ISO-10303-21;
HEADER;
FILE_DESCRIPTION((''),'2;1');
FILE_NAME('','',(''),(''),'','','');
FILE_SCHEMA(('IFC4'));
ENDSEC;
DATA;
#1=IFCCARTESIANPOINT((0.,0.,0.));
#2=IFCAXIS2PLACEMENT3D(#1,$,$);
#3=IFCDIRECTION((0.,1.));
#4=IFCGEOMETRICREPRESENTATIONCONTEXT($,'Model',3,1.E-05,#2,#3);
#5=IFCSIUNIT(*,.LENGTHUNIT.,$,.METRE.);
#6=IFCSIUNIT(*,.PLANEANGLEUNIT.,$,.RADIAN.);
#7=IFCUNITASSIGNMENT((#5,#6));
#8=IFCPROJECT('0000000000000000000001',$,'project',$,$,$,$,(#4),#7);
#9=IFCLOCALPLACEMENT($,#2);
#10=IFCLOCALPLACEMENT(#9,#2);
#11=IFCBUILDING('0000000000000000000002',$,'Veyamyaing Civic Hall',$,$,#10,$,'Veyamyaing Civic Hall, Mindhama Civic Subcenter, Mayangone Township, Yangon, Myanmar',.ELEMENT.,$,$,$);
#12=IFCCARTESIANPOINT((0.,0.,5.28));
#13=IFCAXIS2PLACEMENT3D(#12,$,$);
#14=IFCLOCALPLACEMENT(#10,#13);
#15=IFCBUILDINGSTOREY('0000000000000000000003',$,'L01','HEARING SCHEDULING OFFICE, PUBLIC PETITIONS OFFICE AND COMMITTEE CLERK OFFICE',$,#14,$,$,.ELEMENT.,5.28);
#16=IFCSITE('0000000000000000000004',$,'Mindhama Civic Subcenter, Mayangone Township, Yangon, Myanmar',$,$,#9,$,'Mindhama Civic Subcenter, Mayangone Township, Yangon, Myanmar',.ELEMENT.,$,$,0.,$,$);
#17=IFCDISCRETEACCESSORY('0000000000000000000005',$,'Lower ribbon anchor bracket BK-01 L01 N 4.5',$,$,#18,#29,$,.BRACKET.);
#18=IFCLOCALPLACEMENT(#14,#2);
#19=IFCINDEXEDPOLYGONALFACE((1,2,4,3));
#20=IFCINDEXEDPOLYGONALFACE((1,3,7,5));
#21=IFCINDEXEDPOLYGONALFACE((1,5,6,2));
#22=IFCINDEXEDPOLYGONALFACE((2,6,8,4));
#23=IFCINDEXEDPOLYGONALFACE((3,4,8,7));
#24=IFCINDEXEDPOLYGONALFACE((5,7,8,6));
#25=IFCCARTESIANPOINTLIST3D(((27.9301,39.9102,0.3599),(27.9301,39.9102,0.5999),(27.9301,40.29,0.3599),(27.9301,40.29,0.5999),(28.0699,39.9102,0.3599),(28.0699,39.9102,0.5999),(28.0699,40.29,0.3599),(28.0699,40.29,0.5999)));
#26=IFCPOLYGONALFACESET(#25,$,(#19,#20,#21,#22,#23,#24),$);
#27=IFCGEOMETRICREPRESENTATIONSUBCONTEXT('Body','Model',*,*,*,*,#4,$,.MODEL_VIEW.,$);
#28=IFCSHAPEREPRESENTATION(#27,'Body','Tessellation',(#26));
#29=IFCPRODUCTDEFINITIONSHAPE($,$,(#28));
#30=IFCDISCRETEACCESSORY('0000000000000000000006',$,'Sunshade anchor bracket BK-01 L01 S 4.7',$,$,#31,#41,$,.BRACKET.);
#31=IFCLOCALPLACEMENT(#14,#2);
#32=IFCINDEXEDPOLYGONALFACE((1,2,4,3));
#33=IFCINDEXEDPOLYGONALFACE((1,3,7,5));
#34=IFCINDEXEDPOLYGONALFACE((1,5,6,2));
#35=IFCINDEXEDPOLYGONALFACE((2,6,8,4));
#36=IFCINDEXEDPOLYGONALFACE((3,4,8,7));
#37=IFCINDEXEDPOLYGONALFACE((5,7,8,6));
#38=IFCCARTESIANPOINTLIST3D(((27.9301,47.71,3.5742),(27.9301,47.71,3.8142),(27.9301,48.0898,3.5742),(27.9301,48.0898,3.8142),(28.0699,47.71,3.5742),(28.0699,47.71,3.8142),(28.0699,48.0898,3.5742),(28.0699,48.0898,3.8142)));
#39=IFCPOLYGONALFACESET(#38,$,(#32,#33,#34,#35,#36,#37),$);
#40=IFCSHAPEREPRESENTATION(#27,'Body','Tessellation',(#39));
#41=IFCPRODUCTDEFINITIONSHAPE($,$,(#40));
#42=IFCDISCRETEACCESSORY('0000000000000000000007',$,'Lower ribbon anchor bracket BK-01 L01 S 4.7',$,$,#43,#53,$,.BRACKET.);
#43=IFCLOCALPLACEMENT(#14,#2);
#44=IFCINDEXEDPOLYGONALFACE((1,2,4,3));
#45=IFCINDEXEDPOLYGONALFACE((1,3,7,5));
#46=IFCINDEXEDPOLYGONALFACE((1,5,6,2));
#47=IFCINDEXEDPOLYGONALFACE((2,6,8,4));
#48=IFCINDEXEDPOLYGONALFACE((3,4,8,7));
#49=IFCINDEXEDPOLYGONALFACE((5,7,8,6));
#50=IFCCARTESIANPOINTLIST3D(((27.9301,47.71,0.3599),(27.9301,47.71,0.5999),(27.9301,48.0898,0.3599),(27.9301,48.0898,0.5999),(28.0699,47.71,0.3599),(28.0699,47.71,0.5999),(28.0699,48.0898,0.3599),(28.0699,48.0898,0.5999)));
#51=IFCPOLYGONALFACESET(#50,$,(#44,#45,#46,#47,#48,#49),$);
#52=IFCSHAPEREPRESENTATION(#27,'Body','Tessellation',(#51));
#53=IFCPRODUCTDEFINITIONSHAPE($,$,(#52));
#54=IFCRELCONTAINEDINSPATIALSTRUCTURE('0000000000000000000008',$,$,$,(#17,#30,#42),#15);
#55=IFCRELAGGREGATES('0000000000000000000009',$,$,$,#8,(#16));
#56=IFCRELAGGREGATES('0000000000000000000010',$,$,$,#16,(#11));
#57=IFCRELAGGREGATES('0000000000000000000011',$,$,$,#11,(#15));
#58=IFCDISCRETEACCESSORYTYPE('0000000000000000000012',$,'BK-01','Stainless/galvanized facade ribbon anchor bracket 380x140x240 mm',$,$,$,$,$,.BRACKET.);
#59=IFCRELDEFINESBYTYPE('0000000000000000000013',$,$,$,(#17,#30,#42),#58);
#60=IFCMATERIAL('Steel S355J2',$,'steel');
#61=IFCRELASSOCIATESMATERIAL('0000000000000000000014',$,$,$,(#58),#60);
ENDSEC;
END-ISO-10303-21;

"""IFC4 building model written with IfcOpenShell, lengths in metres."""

from ifc_helpers import new_model, si_unit, direction, frame, origin, origin_2d, place, context, subcontext, project, spatial, rectangle, extrude, material, type_object, element, save


model = new_model("IFC4")

# Units and contexts
model_context = context("Model", 3, precision=1e-05, world=origin(), true_north=direction((0.0, 1.0)))
body_context = subcontext(model_context, "Body", "Model", "MODEL_VIEW")
ifc_project = project(units=[si_unit("LENGTHUNIT", "METRE"), si_unit("PLANEANGLEUNIT", "RADIAN")], contexts=[model_context])

# Site, building, storey
site_placement = place(None, origin())
site = spatial("IfcSite", under=ifc_project, at=site_placement, Name="Mindhama Civic Subcenter, Mayangone Township, Yangon, Myanmar", LongName="Mindhama Civic Subcenter, Mayangone Township, Yangon, Myanmar", CompositionType="ELEMENT", RefElevation=0.0)
building_placement = place(site_placement, origin())
building = spatial("IfcBuilding", under=site, at=building_placement, Name="Veyamyaing Civic Hall", LongName="Veyamyaing Civic Hall, Mindhama Civic Subcenter, Mayangone Township, Yangon, Myanmar", CompositionType="ELEMENT")
storey_placement = place(building_placement, frame((0.0, 0.0, 5.28)))
storey = spatial("IfcBuildingStorey", under=building, at=storey_placement, Name="L01", Description="HEARING SCHEDULING OFFICE, PUBLIC PETITIONS OFFICE AND COMMITTEE CLERK OFFICE", CompositionType="ELEMENT", Elevation=5.28)

# Discrete accessories
ifc_material_1 = material(Name="Steel S355J2", Category="steel")
discrete_accessory_type = type_object("IfcDiscreteAccessoryType", Name="BK-01", Description="Stainless/galvanized facade ribbon anchor bracket 380x140x240 mm", PredefinedType="BRACKET", material=ifc_material_1)
for number, where, z_axis, x_axis, name in (
    (1, (28.0, 40.1001, 0.3599), (0.0, 0.0, 1.0), (0.0, 1.0, 0.0), "Lower ribbon anchor bracket BK-01 L01 N 4.5"),
    (2, (28.0, 47.8999, 3.5742), (0.0, 0.0, 1.0), (0.0, -1.0, 0.0), "Sunshade anchor bracket BK-01 L01 S 4.7"),
    (3, (28.0, 47.8999, 0.3599), (0.0, 0.0, 1.0), (0.0, -1.0, 0.0), "Lower ribbon anchor bracket BK-01 L01 S 4.7"),
):
    element("IfcDiscreteAccessory", number, at=place(storey_placement, frame(where, z_axis=z_axis, x_axis=x_axis)), inside=storey, type_object=discrete_accessory_type, Name=name, PredefinedType="BRACKET", context=body_context, shape_type="SweptSolid", body=[
        extrude(rectangle(XDim=0.3799, YDim=0.1399, at=origin_2d()), origin(), (0.0, 0.0, 1.0), 0.24),
    ])

save(model, "model.ifc")
